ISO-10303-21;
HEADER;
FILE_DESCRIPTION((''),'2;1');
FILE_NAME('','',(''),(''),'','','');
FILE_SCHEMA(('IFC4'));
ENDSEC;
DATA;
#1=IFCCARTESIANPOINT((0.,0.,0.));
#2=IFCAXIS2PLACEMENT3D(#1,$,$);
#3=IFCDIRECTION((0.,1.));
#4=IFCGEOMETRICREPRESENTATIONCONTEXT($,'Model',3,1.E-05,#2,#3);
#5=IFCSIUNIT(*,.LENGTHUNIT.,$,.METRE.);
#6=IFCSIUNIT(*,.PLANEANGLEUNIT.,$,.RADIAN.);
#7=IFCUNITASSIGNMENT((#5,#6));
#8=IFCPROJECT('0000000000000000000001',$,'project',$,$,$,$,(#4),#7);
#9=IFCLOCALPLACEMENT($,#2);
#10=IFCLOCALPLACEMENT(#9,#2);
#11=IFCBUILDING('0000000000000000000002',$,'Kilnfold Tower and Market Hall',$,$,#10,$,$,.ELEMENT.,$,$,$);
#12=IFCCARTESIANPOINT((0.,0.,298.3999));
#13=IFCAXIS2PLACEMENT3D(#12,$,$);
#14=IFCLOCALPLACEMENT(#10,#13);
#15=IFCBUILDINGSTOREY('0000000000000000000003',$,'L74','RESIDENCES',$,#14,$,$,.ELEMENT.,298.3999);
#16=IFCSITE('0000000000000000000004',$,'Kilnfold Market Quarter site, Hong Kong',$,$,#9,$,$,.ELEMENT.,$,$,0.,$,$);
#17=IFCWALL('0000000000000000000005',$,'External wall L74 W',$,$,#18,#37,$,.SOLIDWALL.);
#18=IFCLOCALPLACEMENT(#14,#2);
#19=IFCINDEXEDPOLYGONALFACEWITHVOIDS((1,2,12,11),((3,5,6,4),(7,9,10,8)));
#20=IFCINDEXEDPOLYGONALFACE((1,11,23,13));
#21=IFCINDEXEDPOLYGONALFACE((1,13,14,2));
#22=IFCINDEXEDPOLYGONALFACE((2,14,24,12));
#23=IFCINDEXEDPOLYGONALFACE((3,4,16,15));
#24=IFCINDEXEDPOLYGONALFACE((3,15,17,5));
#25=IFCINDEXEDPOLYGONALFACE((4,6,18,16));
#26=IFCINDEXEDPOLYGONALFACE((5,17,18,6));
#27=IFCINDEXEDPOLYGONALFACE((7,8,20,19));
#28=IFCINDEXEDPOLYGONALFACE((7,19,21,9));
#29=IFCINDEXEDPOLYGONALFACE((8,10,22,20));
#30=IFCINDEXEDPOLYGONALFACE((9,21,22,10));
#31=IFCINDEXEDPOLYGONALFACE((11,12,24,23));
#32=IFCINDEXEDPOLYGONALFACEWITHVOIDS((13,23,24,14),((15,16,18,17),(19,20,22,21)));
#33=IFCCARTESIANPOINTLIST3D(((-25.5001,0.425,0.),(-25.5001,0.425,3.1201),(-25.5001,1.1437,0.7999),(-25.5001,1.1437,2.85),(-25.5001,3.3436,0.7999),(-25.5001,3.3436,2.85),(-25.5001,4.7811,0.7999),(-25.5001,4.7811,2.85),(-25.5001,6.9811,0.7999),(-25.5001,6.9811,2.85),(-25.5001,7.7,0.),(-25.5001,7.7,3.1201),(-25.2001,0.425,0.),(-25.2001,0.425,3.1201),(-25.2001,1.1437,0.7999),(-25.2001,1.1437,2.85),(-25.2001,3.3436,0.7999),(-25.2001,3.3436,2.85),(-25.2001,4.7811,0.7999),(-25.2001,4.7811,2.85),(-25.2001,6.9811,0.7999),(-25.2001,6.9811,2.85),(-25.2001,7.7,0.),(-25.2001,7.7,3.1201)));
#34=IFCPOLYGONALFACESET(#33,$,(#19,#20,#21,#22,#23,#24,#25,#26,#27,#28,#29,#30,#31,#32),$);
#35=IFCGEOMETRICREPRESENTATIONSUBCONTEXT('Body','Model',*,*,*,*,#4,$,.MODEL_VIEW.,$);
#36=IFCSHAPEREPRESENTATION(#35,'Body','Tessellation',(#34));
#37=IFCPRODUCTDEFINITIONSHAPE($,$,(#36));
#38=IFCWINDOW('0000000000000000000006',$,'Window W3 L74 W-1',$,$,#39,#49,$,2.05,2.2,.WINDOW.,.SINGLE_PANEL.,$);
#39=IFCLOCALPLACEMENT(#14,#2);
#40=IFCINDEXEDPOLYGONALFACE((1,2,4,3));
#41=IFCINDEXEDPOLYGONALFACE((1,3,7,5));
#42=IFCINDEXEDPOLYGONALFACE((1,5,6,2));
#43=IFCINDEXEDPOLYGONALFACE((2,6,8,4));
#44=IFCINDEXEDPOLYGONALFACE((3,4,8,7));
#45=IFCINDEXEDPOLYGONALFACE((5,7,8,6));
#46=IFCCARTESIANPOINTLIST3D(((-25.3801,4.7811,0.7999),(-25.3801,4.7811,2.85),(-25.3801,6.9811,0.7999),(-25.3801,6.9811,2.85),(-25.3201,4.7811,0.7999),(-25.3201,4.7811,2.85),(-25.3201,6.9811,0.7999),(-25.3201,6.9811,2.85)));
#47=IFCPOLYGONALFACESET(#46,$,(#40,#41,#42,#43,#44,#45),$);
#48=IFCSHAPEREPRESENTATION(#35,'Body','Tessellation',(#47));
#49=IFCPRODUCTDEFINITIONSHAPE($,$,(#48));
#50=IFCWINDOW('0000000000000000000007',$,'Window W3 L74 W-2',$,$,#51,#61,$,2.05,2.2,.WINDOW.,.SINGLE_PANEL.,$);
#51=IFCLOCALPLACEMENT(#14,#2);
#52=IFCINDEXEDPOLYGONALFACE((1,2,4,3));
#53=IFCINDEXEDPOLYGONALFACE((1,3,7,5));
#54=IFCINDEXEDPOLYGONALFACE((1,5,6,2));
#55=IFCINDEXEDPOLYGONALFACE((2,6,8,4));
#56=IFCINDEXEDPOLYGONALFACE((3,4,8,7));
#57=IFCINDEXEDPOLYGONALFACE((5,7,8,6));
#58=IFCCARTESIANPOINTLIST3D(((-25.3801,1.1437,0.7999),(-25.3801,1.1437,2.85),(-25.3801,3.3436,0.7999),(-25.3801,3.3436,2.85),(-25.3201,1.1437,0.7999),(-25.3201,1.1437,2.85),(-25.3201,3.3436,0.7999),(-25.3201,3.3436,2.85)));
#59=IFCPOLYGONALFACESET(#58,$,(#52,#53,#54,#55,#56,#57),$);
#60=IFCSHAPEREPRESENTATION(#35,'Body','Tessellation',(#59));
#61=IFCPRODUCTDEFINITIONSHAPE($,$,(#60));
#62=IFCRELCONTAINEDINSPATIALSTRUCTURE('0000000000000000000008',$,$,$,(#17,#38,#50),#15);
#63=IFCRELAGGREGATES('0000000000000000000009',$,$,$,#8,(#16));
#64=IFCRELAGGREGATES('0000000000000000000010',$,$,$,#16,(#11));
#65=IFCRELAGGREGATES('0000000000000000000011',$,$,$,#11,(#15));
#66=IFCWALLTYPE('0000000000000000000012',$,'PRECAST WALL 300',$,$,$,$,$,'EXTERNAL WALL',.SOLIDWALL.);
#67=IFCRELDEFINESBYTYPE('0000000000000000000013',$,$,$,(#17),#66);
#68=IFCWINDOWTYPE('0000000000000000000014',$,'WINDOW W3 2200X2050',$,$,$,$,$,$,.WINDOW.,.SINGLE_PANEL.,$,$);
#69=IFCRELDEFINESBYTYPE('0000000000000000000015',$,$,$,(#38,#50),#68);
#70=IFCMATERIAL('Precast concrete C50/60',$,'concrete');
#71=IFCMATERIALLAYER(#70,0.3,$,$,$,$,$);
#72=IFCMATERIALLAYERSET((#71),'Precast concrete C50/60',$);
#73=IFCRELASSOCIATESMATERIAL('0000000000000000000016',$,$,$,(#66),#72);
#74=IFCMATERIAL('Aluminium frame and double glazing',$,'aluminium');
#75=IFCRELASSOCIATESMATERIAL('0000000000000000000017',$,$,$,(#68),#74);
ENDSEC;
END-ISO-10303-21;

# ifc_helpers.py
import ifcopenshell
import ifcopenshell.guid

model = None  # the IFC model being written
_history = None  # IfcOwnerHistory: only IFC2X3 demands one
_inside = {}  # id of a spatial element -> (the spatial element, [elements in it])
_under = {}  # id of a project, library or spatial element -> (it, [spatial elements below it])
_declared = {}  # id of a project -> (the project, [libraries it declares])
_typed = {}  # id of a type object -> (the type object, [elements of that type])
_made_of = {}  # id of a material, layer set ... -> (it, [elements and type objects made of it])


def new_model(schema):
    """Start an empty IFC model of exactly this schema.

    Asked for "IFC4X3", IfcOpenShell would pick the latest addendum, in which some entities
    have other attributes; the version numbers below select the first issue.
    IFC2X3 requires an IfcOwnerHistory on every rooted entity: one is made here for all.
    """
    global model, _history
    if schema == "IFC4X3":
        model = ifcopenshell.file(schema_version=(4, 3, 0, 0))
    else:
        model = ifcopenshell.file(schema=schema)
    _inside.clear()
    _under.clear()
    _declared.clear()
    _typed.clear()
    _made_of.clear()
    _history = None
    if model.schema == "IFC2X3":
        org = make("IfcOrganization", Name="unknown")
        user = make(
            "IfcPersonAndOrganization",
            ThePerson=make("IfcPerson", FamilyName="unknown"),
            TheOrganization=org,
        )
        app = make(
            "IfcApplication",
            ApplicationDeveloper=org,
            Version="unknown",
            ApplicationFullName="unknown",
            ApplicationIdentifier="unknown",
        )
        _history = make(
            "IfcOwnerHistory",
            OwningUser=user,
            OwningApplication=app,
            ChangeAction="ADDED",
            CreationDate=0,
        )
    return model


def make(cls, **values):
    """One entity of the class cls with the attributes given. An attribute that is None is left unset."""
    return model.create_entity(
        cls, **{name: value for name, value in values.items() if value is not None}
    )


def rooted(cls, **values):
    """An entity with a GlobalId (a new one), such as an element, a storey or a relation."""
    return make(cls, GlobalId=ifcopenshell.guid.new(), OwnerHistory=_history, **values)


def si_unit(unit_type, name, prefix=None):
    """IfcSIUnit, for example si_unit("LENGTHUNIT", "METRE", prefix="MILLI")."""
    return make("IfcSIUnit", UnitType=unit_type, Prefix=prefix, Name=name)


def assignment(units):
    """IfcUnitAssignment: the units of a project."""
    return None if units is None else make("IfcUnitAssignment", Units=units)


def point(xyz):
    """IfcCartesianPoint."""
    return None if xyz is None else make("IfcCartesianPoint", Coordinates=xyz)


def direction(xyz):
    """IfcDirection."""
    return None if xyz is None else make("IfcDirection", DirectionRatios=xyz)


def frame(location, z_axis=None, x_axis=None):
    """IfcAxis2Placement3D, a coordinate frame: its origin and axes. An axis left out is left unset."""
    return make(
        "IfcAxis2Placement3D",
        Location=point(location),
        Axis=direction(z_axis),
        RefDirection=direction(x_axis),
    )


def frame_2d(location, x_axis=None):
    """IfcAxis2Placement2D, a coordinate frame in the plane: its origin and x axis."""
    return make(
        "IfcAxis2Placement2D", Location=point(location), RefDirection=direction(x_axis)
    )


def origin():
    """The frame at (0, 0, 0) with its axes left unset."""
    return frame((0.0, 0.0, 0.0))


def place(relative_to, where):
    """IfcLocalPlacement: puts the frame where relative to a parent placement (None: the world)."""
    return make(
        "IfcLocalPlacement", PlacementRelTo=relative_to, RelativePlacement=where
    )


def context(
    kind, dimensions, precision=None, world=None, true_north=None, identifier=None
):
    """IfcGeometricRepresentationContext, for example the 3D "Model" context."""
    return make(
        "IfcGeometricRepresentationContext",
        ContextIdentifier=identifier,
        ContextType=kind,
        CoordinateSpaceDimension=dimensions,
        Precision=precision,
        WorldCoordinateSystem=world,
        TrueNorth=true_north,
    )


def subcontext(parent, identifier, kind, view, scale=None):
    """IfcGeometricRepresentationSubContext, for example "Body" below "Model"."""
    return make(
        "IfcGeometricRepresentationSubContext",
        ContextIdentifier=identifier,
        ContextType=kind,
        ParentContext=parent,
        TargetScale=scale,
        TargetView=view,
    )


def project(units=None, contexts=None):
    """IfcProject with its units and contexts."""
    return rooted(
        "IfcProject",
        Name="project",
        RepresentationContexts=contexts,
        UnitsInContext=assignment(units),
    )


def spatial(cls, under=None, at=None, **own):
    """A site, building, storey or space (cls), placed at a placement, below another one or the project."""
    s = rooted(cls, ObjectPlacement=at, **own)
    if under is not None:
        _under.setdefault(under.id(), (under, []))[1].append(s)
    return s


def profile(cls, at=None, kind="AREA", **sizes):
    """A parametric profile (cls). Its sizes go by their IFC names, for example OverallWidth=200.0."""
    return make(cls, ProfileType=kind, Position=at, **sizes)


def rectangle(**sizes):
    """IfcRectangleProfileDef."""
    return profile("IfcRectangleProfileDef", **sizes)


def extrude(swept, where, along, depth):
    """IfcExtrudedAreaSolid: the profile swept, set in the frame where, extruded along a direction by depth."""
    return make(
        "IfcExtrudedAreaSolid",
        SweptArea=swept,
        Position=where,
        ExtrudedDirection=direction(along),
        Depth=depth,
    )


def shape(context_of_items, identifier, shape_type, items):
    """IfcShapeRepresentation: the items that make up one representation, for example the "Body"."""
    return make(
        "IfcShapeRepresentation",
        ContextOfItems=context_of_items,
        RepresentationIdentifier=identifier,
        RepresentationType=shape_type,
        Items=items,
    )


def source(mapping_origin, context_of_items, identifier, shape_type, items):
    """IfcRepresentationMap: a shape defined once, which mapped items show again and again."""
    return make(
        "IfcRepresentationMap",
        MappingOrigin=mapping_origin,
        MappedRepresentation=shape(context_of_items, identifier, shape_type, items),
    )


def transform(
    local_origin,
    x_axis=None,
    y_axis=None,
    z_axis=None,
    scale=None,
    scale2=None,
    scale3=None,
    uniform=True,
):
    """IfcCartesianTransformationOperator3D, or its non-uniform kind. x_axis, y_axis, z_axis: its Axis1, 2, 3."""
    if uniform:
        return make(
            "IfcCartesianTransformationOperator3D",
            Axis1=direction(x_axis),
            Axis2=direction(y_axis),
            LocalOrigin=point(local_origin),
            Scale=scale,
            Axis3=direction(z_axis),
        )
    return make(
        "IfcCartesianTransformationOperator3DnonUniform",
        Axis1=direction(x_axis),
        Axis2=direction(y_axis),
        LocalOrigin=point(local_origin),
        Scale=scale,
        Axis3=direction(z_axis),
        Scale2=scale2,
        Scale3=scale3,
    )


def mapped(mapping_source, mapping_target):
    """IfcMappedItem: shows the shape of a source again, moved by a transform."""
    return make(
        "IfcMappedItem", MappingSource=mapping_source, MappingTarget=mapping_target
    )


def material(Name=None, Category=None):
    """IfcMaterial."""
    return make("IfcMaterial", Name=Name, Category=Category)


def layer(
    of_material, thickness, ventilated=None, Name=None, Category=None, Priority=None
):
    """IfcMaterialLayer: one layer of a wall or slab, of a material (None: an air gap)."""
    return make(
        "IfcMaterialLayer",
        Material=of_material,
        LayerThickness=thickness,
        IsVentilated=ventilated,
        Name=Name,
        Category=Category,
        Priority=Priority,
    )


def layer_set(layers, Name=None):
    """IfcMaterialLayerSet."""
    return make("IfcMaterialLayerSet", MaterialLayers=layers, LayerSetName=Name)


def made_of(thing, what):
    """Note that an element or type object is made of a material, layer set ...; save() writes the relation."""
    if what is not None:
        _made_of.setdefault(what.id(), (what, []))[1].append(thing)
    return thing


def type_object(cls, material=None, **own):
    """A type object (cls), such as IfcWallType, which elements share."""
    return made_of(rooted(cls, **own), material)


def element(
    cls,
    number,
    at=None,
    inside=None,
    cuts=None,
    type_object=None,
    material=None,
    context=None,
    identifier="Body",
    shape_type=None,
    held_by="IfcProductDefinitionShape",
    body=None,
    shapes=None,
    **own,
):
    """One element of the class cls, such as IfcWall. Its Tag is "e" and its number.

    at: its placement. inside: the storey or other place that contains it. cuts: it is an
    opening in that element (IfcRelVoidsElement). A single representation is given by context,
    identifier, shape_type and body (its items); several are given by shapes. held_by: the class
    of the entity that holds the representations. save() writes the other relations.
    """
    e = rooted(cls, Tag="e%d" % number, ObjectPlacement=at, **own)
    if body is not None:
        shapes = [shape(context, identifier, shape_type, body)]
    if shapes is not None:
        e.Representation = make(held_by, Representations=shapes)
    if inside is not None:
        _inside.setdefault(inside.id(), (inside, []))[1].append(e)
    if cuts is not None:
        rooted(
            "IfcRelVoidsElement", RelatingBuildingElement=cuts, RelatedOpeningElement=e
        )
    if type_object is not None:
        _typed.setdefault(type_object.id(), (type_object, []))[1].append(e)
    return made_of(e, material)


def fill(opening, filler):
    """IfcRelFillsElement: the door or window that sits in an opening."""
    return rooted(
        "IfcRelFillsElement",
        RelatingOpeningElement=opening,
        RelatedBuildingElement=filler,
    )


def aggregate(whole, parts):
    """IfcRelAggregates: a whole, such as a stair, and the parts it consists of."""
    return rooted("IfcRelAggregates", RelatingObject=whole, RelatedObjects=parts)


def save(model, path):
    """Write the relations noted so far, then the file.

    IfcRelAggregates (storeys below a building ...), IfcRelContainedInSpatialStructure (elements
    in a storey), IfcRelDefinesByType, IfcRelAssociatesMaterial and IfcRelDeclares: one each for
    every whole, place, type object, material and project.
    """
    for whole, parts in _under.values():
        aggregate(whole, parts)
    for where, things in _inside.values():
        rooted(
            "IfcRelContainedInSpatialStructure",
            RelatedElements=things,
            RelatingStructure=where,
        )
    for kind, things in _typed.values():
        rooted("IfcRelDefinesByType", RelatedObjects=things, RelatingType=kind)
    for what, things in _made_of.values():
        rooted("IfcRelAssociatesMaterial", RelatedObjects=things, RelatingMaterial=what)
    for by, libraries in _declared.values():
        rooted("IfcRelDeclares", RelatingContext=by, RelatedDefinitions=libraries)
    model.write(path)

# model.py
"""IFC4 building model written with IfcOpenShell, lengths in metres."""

from ifc_helpers import new_model, si_unit, direction, frame, frame_2d, origin, place, context, subcontext, project, spatial, rectangle, extrude, source, transform, mapped, material, layer, layer_set, type_object, element, fill, save


model = new_model("IFC4")

# Units and contexts
model_context = context("Model", 3, precision=1e-05, world=origin(), true_north=direction((0.0, 1.0)))
body_context = subcontext(model_context, "Body", "Model", "MODEL_VIEW")
ifc_project = project(units=[si_unit("LENGTHUNIT", "METRE"), si_unit("PLANEANGLEUNIT", "RADIAN")], contexts=[model_context])

# Site, building, storey
site_placement = place(None, origin())
site = spatial("IfcSite", under=ifc_project, at=site_placement, Name="Kilnfold Market Quarter site, Hong Kong", CompositionType="ELEMENT", RefElevation=0.0)
building_placement = place(site_placement, origin())
building = spatial("IfcBuilding", under=site, at=building_placement, Name="Kilnfold Tower and Market Hall", CompositionType="ELEMENT")
storey_placement = place(building_placement, frame((0.0, 0.0, 298.3999)))
storey = spatial("IfcBuildingStorey", under=building, at=storey_placement, Name="L74", Description="RESIDENCES", CompositionType="ELEMENT", Elevation=298.3999)

# Wall, openings, windows
ifc_material_1 = material(Name="Precast concrete C50/60", Category="concrete")
ifc_layer_1 = layer(ifc_material_1, 0.3)
ifc_layer_set_1 = layer_set([ifc_layer_1], Name="Precast concrete C50/60")
wall_type_1 = type_object("IfcWallType", Name="PRECAST WALL 300", ElementType="EXTERNAL WALL", PredefinedType="SOLIDWALL", material=ifc_layer_set_1)
shared_shape_1 = source(origin(), body_context, "Body", "SweptSolid", [
    extrude(rectangle(XDim=7.2749, YDim=0.3, at=frame_2d((3.6375, 0.0))), origin(), (0.0, 0.0, 1.0), 3.1201),
])
wall_1_placement = place(storey_placement, frame((-25.3501, 7.7, 0.0), z_axis=(0.0, 0.0, 1.0), x_axis=(0.0, -1.0, 0.0)))
wall_1 = element("IfcWall", 1, at=wall_1_placement, inside=storey, type_object=wall_type_1, Name="External wall L74 W", PredefinedType="SOLIDWALL", context=body_context, shape_type="MappedRepresentation", body=[
    mapped(shared_shape_1, transform((0.0, 0.0, 0.0))),
])
opening_1_placement = place(wall_1_placement, frame((0.7188, 0.0, 0.8)))
opening_1 = element("IfcOpeningElement", 2, at=opening_1_placement, cuts=wall_1, PredefinedType="OPENING", context=body_context, shape_type="SweptSolid", body=[
    extrude(rectangle(XDim=2.2, YDim=2.05, at=frame_2d((1.1001, 1.0249))), frame((0.0, 0.1602, 0.0), z_axis=(0.0, -1.0, 0.0), x_axis=(1.0, 0.0, 0.0)), (0.0, 0.0, 1.0), 0.3201),
])
opening_2_placement = place(wall_1_placement, frame((4.3562, 0.0, 0.8)))
opening_2 = element("IfcOpeningElement", 3, at=opening_2_placement, cuts=wall_1, PredefinedType="OPENING", context=body_context, shape_type="SweptSolid", body=[
    extrude(rectangle(XDim=2.2, YDim=2.05, at=frame_2d((1.1001, 1.0249))), frame((0.0, 0.1602, 0.0), z_axis=(0.0, -1.0, 0.0), x_axis=(1.0, 0.0, 0.0)), (0.0, 0.0, 1.0), 0.3201),
])
ifc_material_2 = material(Name="Aluminium frame and double glazing", Category="aluminium")
window_type = type_object("IfcWindowType", Name="WINDOW W3 2200X2050", PartitioningType="SINGLE_PANEL", PredefinedType="WINDOW", material=ifc_material_2)
window_1_placement = place(opening_1_placement, origin())
window_1 = element("IfcWindow", 4, at=window_1_placement, inside=storey, type_object=window_type, Name="Window W3 L74 W-1", OverallHeight=2.05, OverallWidth=2.2, PartitioningType="SINGLE_PANEL", PredefinedType="WINDOW", context=body_context, shape_type="SweptSolid", body=[
    extrude(rectangle(XDim=2.2, YDim=2.05, at=frame_2d((1.1001, 1.0249))), frame((0.0, 0.03, 0.0), z_axis=(0.0, -1.0, 0.0), x_axis=(1.0, 0.0, 0.0)), (0.0, 0.0, 1.0), 0.0601),
])
fill(opening_1, window_1)
window_2_placement = place(opening_2_placement, origin())
window_2 = element("IfcWindow", 5, at=window_2_placement, inside=storey, type_object=window_type, Name="Window W3 L74 W-2", OverallHeight=2.05, OverallWidth=2.2, PartitioningType="SINGLE_PANEL", PredefinedType="WINDOW", context=body_context, shape_type="SweptSolid", body=[
    extrude(rectangle(XDim=2.2, YDim=2.05, at=frame_2d((1.1001, 1.0249))), frame((0.0, 0.03, 0.0), z_axis=(0.0, -1.0, 0.0), x_axis=(1.0, 0.0, 0.0)), (0.0, 0.0, 1.0), 0.0601),
])
fill(opening_2, window_2)

save(model, "model.ifc")
